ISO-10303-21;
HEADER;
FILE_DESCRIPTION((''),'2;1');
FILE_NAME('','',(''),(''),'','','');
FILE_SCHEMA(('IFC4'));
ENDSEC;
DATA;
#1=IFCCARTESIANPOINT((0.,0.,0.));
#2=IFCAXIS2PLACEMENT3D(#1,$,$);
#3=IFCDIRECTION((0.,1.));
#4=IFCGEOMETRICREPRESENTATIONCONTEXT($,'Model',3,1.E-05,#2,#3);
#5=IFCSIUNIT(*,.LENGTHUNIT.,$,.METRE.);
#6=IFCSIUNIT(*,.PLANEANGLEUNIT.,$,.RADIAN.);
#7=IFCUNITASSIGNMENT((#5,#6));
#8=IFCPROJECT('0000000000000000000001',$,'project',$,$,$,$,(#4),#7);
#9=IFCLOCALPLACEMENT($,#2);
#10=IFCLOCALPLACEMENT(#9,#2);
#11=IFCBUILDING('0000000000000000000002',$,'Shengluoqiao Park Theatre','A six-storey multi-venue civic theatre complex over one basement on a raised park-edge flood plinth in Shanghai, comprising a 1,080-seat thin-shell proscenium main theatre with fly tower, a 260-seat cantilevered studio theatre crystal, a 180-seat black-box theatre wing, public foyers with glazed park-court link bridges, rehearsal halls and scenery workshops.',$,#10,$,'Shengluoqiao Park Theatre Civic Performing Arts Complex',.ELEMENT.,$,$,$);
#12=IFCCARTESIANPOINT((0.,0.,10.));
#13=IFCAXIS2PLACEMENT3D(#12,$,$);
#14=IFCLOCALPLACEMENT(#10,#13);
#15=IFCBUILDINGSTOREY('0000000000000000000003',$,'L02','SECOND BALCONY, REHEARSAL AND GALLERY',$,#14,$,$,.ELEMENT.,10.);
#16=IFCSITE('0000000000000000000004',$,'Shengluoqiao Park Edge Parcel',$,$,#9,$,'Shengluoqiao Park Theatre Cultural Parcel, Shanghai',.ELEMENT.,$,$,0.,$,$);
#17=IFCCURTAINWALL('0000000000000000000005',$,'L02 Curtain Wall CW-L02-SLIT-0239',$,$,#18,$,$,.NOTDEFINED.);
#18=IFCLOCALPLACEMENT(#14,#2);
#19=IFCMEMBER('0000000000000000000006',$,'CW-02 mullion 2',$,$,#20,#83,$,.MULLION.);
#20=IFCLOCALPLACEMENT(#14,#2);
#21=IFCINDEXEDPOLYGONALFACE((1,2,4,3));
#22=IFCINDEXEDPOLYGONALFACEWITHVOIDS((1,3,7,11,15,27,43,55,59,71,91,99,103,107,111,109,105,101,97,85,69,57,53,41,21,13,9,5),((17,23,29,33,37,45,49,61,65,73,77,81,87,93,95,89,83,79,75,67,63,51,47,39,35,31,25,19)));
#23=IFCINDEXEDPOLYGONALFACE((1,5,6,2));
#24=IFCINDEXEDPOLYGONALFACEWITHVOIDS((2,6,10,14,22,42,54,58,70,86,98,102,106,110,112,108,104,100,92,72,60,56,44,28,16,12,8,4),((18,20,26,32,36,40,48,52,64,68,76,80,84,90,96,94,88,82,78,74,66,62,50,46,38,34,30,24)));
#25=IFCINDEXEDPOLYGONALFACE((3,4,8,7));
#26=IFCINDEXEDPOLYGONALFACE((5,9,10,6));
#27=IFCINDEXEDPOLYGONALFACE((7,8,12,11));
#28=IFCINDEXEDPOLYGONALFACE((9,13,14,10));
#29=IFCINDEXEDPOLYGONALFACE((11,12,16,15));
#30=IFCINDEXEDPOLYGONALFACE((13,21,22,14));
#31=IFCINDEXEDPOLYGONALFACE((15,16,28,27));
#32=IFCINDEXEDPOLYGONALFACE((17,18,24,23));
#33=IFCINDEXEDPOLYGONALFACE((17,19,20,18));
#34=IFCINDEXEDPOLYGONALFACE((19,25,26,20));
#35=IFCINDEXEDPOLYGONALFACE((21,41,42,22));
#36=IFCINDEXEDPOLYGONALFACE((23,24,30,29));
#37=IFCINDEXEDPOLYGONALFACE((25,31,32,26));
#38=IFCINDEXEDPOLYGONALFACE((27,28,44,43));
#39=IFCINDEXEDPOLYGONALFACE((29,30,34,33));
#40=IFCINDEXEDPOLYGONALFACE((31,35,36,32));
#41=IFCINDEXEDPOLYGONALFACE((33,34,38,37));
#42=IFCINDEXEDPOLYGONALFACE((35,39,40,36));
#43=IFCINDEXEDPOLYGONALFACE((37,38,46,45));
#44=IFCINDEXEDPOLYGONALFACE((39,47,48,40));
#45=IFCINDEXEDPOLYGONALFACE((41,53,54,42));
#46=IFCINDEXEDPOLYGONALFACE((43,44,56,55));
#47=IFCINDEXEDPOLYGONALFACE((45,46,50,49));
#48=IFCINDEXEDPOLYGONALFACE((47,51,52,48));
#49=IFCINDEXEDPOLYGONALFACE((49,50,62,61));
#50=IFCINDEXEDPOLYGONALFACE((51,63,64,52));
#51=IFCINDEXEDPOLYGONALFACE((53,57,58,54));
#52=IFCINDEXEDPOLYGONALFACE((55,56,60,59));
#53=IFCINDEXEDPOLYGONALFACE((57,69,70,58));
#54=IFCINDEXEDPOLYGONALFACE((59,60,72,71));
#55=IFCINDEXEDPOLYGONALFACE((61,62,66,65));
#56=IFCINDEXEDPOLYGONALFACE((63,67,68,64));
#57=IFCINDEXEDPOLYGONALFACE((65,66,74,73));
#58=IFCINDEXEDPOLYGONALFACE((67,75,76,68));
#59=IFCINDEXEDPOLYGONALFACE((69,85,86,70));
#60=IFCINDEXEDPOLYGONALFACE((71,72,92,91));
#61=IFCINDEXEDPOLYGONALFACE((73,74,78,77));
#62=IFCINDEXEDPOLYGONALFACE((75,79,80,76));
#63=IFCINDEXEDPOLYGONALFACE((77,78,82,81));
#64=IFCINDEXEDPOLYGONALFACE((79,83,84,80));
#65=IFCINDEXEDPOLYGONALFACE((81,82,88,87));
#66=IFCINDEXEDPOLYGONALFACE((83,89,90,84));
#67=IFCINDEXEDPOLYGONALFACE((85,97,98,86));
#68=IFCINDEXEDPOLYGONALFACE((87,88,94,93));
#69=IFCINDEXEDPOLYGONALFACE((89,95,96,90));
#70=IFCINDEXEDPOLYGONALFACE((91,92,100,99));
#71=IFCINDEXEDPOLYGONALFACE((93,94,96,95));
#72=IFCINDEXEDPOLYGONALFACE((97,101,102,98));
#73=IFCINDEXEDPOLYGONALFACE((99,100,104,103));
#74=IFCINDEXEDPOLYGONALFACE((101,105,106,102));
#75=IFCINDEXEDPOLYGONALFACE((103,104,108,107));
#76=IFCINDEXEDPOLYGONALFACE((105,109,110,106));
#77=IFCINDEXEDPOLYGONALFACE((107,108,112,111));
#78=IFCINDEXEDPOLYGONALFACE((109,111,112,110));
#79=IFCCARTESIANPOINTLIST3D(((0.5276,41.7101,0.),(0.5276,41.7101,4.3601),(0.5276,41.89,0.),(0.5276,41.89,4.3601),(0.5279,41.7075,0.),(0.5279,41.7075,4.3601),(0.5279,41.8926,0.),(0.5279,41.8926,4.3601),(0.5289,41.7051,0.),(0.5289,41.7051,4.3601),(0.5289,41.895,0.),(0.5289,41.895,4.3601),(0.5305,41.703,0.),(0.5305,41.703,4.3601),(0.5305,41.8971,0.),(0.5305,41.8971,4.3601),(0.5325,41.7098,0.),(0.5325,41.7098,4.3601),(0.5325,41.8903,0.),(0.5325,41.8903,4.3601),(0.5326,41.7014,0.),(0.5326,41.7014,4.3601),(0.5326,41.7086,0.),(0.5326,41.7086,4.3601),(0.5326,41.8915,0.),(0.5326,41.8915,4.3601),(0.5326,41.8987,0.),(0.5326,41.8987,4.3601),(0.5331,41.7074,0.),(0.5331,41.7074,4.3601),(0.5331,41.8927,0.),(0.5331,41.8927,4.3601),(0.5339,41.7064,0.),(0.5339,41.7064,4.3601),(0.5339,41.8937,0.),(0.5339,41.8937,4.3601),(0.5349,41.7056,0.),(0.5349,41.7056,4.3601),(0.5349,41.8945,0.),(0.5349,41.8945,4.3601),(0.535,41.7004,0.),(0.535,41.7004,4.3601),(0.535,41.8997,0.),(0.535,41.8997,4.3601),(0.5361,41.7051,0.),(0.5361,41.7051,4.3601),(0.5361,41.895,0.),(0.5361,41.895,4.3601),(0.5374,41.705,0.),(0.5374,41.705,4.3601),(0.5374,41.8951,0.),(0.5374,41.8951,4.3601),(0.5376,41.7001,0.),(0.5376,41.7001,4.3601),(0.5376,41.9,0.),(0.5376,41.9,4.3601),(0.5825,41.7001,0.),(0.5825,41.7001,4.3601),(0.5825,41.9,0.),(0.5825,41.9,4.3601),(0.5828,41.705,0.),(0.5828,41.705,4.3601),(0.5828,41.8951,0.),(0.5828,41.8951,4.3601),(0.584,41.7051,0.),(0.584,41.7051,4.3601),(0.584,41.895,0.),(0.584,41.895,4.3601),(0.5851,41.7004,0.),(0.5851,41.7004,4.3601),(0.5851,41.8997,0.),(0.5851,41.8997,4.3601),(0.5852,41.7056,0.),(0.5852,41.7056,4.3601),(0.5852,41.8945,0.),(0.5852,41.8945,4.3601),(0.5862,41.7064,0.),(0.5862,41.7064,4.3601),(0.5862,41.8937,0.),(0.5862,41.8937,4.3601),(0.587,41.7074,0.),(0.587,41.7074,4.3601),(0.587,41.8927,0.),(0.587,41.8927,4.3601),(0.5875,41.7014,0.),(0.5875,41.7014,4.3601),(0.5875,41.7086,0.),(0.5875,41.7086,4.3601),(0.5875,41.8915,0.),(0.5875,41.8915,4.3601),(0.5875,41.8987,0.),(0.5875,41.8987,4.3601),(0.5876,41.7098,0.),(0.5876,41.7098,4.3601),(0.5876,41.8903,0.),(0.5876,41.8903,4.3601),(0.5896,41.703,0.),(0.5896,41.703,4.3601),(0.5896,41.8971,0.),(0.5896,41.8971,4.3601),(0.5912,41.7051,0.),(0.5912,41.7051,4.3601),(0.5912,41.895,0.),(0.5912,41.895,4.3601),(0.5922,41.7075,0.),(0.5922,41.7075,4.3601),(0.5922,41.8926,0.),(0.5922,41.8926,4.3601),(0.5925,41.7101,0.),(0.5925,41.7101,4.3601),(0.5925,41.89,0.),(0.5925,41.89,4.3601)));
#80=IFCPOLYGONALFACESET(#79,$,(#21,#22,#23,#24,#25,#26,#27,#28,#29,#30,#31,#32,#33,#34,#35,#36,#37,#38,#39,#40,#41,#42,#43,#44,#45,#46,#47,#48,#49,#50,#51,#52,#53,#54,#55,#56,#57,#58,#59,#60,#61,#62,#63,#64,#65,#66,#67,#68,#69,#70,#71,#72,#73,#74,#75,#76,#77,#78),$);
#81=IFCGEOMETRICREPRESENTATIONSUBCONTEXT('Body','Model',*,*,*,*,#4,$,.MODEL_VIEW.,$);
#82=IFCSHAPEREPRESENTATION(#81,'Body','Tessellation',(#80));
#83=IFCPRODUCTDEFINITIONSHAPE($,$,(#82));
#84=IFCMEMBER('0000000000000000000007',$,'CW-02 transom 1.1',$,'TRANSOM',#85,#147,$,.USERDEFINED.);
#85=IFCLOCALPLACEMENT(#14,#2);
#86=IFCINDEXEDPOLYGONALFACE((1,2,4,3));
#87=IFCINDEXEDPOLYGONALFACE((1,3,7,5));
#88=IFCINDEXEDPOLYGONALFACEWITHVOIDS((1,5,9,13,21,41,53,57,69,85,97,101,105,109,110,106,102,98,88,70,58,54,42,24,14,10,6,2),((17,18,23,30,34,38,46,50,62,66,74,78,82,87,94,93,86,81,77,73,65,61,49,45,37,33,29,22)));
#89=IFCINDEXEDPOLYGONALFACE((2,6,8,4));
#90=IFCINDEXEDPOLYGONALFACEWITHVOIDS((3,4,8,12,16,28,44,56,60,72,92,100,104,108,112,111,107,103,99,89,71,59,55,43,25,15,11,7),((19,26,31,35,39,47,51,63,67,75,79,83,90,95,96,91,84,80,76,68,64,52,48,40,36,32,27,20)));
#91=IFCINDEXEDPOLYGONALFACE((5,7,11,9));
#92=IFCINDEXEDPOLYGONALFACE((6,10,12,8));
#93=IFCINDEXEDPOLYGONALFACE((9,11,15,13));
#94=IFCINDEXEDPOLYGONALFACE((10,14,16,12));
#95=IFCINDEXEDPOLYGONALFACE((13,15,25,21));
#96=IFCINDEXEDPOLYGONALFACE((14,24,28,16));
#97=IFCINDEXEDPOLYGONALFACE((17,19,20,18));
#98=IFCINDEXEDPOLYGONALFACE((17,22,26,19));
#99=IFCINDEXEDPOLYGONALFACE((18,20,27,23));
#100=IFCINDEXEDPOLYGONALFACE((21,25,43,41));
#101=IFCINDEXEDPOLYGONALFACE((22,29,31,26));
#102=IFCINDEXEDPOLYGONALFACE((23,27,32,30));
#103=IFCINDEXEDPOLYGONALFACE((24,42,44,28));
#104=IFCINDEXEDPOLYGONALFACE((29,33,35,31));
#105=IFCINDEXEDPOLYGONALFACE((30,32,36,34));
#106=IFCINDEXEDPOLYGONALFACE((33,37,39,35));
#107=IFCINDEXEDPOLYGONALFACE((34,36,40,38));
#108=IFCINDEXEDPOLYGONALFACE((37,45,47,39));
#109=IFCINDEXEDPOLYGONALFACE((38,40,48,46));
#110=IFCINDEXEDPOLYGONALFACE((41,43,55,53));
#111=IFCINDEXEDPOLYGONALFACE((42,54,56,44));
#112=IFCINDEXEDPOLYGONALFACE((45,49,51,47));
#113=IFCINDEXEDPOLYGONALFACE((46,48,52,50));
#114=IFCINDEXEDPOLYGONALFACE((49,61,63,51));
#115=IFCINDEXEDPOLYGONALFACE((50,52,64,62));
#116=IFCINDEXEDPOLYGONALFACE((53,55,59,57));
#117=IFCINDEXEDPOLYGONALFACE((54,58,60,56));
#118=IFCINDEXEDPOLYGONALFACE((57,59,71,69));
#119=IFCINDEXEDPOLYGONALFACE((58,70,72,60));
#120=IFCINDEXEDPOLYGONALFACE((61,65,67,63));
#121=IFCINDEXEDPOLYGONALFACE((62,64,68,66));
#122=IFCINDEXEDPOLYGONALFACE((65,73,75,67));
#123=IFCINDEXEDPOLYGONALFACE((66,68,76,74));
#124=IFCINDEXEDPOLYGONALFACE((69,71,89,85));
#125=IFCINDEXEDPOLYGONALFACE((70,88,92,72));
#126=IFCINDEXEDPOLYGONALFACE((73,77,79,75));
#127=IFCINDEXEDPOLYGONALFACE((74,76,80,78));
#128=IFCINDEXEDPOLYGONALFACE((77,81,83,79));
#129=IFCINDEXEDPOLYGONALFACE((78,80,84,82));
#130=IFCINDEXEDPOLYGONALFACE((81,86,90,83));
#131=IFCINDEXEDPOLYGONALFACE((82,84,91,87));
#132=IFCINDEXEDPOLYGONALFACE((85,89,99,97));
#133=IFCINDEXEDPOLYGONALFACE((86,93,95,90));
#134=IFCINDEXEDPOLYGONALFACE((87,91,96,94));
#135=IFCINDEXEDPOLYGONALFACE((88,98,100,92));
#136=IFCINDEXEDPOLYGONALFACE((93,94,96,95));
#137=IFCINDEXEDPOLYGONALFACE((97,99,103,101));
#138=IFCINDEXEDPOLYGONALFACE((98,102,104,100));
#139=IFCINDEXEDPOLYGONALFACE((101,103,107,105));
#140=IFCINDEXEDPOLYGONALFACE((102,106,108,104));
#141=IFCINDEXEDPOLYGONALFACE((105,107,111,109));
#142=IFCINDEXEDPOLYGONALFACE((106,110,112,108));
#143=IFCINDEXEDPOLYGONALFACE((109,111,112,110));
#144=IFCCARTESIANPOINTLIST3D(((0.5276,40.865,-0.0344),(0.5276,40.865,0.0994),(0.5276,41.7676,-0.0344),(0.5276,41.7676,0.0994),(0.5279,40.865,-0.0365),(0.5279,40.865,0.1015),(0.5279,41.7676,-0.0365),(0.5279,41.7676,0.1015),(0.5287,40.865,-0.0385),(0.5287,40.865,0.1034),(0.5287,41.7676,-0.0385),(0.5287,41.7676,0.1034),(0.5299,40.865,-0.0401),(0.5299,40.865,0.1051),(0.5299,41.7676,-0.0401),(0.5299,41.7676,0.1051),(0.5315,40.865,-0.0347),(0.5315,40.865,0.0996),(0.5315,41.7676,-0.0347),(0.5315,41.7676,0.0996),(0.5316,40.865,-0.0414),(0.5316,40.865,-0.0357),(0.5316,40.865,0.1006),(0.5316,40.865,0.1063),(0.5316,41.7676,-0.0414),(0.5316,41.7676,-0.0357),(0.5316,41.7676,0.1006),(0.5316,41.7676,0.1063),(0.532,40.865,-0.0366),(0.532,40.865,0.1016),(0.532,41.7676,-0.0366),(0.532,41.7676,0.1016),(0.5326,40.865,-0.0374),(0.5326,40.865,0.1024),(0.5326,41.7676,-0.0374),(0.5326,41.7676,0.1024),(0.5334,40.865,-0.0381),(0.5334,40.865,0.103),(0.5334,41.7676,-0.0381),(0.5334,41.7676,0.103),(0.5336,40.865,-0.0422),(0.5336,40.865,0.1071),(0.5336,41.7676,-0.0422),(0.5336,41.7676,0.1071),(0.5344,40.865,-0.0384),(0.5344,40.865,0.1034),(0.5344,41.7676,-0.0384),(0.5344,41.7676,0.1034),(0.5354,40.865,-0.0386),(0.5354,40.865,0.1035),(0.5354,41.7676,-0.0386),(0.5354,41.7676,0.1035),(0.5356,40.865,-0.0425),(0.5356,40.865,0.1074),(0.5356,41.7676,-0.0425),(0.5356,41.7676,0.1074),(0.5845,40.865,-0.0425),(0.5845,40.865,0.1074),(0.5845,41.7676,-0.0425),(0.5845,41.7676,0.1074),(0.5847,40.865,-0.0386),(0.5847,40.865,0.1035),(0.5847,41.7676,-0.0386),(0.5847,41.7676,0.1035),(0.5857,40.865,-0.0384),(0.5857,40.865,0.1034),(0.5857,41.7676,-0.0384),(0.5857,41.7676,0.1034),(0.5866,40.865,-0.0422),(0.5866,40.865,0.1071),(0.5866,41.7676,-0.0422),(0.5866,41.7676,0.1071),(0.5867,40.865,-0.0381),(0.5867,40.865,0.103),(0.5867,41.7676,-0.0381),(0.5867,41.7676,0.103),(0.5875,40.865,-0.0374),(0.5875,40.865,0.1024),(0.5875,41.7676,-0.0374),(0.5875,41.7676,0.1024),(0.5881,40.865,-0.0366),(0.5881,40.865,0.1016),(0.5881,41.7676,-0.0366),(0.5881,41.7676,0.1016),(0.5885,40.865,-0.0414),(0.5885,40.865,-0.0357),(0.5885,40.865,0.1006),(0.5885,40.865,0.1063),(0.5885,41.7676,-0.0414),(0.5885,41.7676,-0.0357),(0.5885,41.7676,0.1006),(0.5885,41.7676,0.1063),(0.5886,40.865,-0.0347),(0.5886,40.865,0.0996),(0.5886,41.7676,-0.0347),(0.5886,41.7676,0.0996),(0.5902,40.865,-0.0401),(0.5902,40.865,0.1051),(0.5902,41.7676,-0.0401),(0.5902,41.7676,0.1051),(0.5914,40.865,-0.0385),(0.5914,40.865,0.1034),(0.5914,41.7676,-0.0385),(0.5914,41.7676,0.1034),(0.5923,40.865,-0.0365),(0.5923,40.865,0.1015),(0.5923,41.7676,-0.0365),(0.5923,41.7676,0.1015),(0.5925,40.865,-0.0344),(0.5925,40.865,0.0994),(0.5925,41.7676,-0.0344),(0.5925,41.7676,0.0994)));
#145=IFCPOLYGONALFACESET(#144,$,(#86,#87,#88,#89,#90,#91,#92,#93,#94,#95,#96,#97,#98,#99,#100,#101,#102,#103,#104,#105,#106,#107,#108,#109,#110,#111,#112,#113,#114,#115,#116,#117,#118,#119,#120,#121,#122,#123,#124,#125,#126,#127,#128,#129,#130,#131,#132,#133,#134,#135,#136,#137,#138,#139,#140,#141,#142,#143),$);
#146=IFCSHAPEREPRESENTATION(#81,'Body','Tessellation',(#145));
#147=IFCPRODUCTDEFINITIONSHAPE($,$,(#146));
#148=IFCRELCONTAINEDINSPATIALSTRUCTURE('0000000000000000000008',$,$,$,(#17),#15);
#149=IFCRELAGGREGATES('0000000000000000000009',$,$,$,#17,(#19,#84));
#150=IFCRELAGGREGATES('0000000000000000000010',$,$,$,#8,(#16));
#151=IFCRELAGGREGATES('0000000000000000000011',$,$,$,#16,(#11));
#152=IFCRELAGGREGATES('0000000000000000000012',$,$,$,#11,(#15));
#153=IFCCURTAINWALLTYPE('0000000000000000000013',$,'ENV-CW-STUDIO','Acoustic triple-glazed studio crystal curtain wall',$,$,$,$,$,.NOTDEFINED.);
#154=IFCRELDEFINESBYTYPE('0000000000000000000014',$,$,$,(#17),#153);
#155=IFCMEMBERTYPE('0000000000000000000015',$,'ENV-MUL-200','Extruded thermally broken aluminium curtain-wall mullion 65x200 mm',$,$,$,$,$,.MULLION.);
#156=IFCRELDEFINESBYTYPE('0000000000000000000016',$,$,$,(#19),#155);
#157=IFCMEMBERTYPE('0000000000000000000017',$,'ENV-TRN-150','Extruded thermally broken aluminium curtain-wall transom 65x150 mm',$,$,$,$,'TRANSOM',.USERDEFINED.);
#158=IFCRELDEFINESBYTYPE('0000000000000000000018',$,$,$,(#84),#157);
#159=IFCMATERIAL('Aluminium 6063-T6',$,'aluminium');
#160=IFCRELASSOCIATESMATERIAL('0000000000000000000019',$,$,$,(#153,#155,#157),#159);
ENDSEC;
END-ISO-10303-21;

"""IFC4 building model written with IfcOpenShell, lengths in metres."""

from ifc_helpers import new_model, si_unit, direction, frame, origin, origin_2d, place, context, subcontext, project, spatial, hollow_rectangle, extrude, material, material_profile, profile_set, type_object, element, aggregate, save


model = new_model("IFC4")

# Units and contexts
model_context = context("Model", 3, precision=1e-05, world=origin(), true_north=direction((0.0, 1.0)))
body_context = subcontext(model_context, "Body", "Model", "MODEL_VIEW")
ifc_project = project(units=[si_unit("LENGTHUNIT", "METRE"), si_unit("PLANEANGLEUNIT", "RADIAN")], contexts=[model_context])

# Site, building, storey
site_placement = place(None, origin())
site = spatial("IfcSite", under=ifc_project, at=site_placement, Name="Shengluoqiao Park Edge Parcel", LongName="Shengluoqiao Park Theatre Cultural Parcel, Shanghai", CompositionType="ELEMENT", RefElevation=0.0)
building_placement = place(site_placement, origin())
building = spatial("IfcBuilding", under=site, at=building_placement, Name="Shengluoqiao Park Theatre", Description="A six-storey multi-venue civic theatre complex over one basement on a raised park-edge flood plinth in Shanghai, comprising a 1,080-seat thin-shell proscenium main theatre with fly tower, a 260-seat cantilevered studio theatre crystal, a 180-seat black-box theatre wing, public foyers with glazed park-court link bridges, rehearsal halls and scenery workshops.", LongName="Shengluoqiao Park Theatre Civic Performing Arts Complex", CompositionType="ELEMENT")
storey_placement = place(building_placement, frame((0.0, 0.0, 10.0)))
storey = spatial("IfcBuildingStorey", under=building, at=storey_placement, Name="L02", Description="SECOND BALCONY, REHEARSAL AND GALLERY", CompositionType="ELEMENT", Elevation=10.0)

# Shared definitions
ifc_material_1 = material(Name="Aluminium 6063-T6", Category="aluminium")
curtain_wall_type = type_object("IfcCurtainWallType", Name="ENV-CW-STUDIO", Description="Acoustic triple-glazed studio crystal curtain wall", PredefinedType="NOTDEFINED", material=ifc_material_1)
ifc_material_profile_1 = material_profile(ifc_material_1, hollow_rectangle(XDim=0.0649, YDim=0.2, WallThickness=0.0049, InnerFilletRadius=0.0049, OuterFilletRadius=0.01, at=origin_2d()), Name="ALU MULLION 200x65x5")
ifc_profile_set_1 = profile_set([ifc_material_profile_1], Name="Aluminium 6063-T6")
member_type_1 = type_object("IfcMemberType", Name="ENV-MUL-200", Description="Extruded thermally broken aluminium curtain-wall mullion 65x200 mm", PredefinedType="MULLION", material=ifc_profile_set_1)

# Curtain wall, members
curtain_wall_1_placement = place(storey_placement, origin())
curtain_wall_1 = element("IfcCurtainWall", 1, at=curtain_wall_1_placement, inside=storey, type_object=curtain_wall_type, Name="L02 Curtain Wall CW-L02-SLIT-0239", PredefinedType="NOTDEFINED")
member_1_placement = place(storey_placement, frame((0.5601, 41.8, 0.0), z_axis=(0.0, 0.0, 1.0), x_axis=(-1.0, 0.0, 0.0)))
member_1 = element("IfcMember", 2, at=member_1_placement, type_object=member_type_1, Name="CW-02 mullion 2", PredefinedType="MULLION", context=body_context, shape_type="SweptSolid", body=[
    extrude(hollow_rectangle(XDim=0.0649, YDim=0.2, WallThickness=0.0049, InnerFilletRadius=0.0049, OuterFilletRadius=0.01, at=origin_2d()), origin(), (0.0, 0.0, 1.0), 4.3601),
])
ifc_material_profile_2 = material_profile(ifc_material_1, hollow_rectangle(XDim=0.0649, YDim=0.1499, WallThickness=0.0039, InnerFilletRadius=0.0039, OuterFilletRadius=0.0081, at=origin_2d()), Name="ALU TRANSOM 150x65x4")
ifc_profile_set_2 = profile_set([ifc_material_profile_2], Name="Aluminium 6063-T6")
member_type_2 = type_object("IfcMemberType", Name="ENV-TRN-150", Description="Extruded thermally broken aluminium curtain-wall transom 65x150 mm", ElementType="TRANSOM", PredefinedType="USERDEFINED", material=ifc_profile_set_2)
member_2_placement = place(storey_placement, frame((0.5601, 40.865, 0.0325), z_axis=(0.0, 1.0, 0.0), x_axis=(-1.0, 0.0, 0.0)))
member_2 = element("IfcMember", 3, at=member_2_placement, type_object=member_type_2, Name="CW-02 transom 1.1", ObjectType="TRANSOM", PredefinedType="USERDEFINED", context=body_context, shape_type="SweptSolid", body=[
    extrude(hollow_rectangle(XDim=0.0649, YDim=0.1499, WallThickness=0.0039, InnerFilletRadius=0.0039, OuterFilletRadius=0.0081, at=origin_2d()), origin(), (0.0, 0.0, 1.0), 0.9026),
])

aggregate(curtain_wall_1, [member_1, member_2])

save(model, "model.ifc")
